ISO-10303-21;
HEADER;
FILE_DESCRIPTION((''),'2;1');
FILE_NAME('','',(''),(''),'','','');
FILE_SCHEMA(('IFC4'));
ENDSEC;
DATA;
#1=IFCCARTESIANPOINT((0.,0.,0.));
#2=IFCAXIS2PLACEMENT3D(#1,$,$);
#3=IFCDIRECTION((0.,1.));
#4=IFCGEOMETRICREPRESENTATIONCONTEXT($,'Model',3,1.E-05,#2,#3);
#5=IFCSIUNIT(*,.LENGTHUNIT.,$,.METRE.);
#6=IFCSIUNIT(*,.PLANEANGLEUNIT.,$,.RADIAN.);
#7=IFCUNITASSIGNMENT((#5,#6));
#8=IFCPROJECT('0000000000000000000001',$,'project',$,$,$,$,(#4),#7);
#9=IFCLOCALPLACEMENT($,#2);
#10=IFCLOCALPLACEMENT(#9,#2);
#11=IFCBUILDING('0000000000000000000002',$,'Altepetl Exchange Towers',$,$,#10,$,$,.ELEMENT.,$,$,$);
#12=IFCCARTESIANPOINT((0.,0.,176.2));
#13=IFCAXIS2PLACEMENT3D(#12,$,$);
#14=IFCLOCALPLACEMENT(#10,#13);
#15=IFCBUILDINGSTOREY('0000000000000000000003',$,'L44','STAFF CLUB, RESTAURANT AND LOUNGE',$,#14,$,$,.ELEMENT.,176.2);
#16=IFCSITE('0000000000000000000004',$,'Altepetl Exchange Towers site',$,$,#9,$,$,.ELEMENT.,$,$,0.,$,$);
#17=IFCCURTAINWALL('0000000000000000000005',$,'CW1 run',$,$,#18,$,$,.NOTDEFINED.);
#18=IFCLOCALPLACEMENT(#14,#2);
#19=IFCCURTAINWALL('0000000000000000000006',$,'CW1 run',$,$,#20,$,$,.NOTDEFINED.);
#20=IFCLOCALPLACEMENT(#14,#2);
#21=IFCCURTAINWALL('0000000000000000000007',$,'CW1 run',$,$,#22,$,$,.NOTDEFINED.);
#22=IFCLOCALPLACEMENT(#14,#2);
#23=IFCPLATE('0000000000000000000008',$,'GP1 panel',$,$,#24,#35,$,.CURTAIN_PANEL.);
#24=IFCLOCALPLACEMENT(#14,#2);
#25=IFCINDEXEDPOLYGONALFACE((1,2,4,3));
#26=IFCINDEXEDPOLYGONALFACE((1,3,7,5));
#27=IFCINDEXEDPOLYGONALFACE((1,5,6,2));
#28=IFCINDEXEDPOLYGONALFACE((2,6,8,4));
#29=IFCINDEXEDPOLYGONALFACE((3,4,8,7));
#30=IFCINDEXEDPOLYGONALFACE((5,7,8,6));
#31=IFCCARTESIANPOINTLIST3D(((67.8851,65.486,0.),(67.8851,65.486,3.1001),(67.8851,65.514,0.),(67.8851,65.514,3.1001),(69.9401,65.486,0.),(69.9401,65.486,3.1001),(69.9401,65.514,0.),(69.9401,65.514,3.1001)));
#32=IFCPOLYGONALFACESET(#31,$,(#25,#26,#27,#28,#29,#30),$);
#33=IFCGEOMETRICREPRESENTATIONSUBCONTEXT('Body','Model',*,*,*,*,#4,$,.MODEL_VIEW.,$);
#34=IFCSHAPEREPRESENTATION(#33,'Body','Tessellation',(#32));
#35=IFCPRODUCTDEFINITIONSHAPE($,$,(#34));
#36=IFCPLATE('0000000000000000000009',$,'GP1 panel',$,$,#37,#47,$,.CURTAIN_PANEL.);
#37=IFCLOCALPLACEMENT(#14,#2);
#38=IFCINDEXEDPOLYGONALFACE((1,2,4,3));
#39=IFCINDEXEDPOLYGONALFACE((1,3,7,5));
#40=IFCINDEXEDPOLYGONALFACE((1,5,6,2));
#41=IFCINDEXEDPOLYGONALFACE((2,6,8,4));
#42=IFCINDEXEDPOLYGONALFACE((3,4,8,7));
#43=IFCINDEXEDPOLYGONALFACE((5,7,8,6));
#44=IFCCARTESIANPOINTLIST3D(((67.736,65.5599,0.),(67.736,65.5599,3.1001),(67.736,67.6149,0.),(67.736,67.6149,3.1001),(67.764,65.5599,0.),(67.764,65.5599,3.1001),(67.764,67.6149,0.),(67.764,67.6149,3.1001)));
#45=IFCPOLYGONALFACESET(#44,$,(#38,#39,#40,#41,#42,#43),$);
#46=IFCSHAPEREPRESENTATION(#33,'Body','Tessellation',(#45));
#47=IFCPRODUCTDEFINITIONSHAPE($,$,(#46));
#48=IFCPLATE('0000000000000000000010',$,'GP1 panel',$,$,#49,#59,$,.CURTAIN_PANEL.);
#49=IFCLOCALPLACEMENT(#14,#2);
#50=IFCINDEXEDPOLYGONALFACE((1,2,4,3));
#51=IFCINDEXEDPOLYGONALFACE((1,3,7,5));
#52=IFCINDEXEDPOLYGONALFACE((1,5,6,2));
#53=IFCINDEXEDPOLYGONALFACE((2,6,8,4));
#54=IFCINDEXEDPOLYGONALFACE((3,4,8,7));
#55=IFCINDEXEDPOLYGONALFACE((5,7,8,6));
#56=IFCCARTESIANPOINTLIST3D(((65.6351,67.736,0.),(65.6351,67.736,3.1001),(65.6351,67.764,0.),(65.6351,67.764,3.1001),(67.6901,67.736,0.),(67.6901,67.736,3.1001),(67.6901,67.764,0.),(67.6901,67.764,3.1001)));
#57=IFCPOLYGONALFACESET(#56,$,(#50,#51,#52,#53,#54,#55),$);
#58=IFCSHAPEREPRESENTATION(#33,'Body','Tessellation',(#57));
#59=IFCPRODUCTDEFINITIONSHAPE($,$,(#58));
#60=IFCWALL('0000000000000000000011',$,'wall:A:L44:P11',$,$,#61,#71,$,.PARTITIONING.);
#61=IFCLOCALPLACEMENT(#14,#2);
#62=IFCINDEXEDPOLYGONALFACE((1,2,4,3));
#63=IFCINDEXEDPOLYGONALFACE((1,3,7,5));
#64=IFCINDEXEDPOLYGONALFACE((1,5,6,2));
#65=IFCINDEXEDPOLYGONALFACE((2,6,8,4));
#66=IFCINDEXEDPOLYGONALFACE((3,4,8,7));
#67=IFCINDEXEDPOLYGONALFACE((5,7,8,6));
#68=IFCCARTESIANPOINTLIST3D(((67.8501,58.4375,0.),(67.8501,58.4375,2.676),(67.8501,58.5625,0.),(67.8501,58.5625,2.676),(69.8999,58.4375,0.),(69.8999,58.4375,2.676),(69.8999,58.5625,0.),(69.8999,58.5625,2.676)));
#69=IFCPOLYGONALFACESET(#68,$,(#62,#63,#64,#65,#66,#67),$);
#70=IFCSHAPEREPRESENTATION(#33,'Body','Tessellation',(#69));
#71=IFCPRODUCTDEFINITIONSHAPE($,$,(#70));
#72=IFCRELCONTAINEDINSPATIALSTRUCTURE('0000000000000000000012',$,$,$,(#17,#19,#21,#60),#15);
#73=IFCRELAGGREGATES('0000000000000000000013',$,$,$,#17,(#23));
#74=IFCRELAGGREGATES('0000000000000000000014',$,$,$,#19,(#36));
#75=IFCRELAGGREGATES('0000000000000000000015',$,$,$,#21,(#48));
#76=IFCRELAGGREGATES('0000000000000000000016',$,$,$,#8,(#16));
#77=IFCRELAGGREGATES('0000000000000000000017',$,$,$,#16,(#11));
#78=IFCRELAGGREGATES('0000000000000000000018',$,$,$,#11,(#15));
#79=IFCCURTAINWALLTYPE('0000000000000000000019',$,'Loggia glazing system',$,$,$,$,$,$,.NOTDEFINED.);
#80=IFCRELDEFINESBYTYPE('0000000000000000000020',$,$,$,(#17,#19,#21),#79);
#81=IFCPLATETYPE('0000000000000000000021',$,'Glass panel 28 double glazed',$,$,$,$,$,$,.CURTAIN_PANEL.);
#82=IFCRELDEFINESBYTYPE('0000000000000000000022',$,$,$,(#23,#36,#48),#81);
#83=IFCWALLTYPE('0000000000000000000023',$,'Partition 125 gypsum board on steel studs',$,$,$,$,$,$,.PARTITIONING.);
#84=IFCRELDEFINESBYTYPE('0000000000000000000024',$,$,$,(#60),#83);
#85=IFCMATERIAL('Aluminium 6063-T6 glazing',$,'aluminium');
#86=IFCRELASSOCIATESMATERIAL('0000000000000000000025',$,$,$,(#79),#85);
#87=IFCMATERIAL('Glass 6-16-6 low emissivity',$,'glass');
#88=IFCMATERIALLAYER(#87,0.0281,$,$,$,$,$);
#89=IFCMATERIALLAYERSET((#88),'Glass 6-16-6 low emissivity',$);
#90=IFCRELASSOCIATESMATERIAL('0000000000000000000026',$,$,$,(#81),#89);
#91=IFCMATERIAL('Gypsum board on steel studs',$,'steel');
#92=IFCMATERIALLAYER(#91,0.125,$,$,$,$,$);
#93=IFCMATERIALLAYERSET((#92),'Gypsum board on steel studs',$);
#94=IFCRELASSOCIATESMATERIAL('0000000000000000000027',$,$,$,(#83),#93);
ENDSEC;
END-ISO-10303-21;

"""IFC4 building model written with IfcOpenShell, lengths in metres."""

from ifc_helpers import new_model, si_unit, direction, frame, frame_2d, origin, origin_2d, place, context, subcontext, project, spatial, rectangle, extrude, material, layer, layer_set, type_object, element, aggregate, save


model = new_model("IFC4")

# Units and contexts
model_context = context("Model", 3, precision=1e-05, world=origin(), true_north=direction((0.0, 1.0)))
body_context = subcontext(model_context, "Body", "Model", "MODEL_VIEW")
ifc_project = project(units=[si_unit("LENGTHUNIT", "METRE"), si_unit("PLANEANGLEUNIT", "RADIAN")], contexts=[model_context])

# Site, building, storey
site_placement = place(None, origin())
site = spatial("IfcSite", under=ifc_project, at=site_placement, Name="Altepetl Exchange Towers site", CompositionType="ELEMENT", RefElevation=0.0)
building_placement = place(site_placement, origin())
building = spatial("IfcBuilding", under=site, at=building_placement, Name="Altepetl Exchange Towers", CompositionType="ELEMENT")
storey_placement = place(building_placement, frame((0.0, 0.0, 176.2)))
storey = spatial("IfcBuildingStorey", under=building, at=storey_placement, Name="L44", Description="STAFF CLUB, RESTAURANT AND LOUNGE", CompositionType="ELEMENT", Elevation=176.2)

# Curtain walls
ifc_material_1 = material(Name="Aluminium 6063-T6 glazing", Category="aluminium")
curtain_wall_type = type_object("IfcCurtainWallType", Name="Loggia glazing system", PredefinedType="NOTDEFINED", material=ifc_material_1)
curtain_wall_1_placement = place(storey_placement, origin())
curtain_wall_1 = element("IfcCurtainWall", 1, at=curtain_wall_1_placement, inside=storey, type_object=curtain_wall_type, Name="CW1 run", PredefinedType="NOTDEFINED")
curtain_wall_2_placement = place(storey_placement, origin())
curtain_wall_2 = element("IfcCurtainWall", 2, at=curtain_wall_2_placement, inside=storey, type_object=curtain_wall_type, Name="CW1 run", PredefinedType="NOTDEFINED")
curtain_wall_3_placement = place(storey_placement, origin())
curtain_wall_3 = element("IfcCurtainWall", 3, at=curtain_wall_3_placement, inside=storey, type_object=curtain_wall_type, Name="CW1 run", PredefinedType="NOTDEFINED")

# Plates
ifc_material_2 = material(Name="Glass 6-16-6 low emissivity", Category="glass")
ifc_layer_1 = layer(ifc_material_2, 0.0281)
ifc_layer_set_1 = layer_set([ifc_layer_1], Name="Glass 6-16-6 low emissivity")
plate_type = type_object("IfcPlateType", Name="Glass panel 28 double glazed", PredefinedType="CURTAIN_PANEL", material=ifc_layer_set_1)
plate_1_placement = place(storey_placement, frame((68.9126, 65.5, 0.0), z_axis=(0.0, 0.0, 1.0), x_axis=(-1.0, 0.0, 0.0)))
plate_1 = element("IfcPlate", 4, at=plate_1_placement, type_object=plate_type, Name="GP1 panel", PredefinedType="CURTAIN_PANEL", context=body_context, shape_type="SweptSolid", body=[
    extrude(rectangle(XDim=2.0549, YDim=0.0281, at=origin_2d()), origin(), (0.0, 0.0, 1.0), 3.1001),
])
aggregate(curtain_wall_1, [plate_1])
plate_2_placement = place(storey_placement, frame((67.75, 66.5874, 0.0), z_axis=(0.0, 0.0, 1.0), x_axis=(0.0, 1.0, 0.0)))
plate_2 = element("IfcPlate", 5, at=plate_2_placement, type_object=plate_type, Name="GP1 panel", PredefinedType="CURTAIN_PANEL", context=body_context, shape_type="SweptSolid", body=[
    extrude(rectangle(XDim=2.0549, YDim=0.0281, at=origin_2d()), origin(), (0.0, 0.0, 1.0), 3.1001),
])
aggregate(curtain_wall_2, [plate_2])
plate_3_placement = place(storey_placement, frame((66.6626, 67.75, 0.0), z_axis=(0.0, 0.0, 1.0), x_axis=(-1.0, 0.0, 0.0)))
plate_3 = element("IfcPlate", 6, at=plate_3_placement, type_object=plate_type, Name="GP1 panel", PredefinedType="CURTAIN_PANEL", context=body_context, shape_type="SweptSolid", body=[
    extrude(rectangle(XDim=2.0549, YDim=0.0281, at=origin_2d()), origin(), (0.0, 0.0, 1.0), 3.1001),
])
aggregate(curtain_wall_3, [plate_3])

# Wall
ifc_material_3 = material(Name="Gypsum board on steel studs", Category="steel")
ifc_layer_2 = layer(ifc_material_3, 0.125)
ifc_layer_set_2 = layer_set([ifc_layer_2], Name="Gypsum board on steel studs")
wall_type = type_object("IfcWallType", Name="Partition 125 gypsum board on steel studs", PredefinedType="PARTITIONING", material=ifc_layer_set_2)
wall_placement = place(storey_placement, frame((67.8501, 58.5, 0.0)))
element("IfcWall", 7, at=wall_placement, inside=storey, type_object=wall_type, Name="wall:A:L44:P11", PredefinedType="PARTITIONING", context=body_context, shape_type="SweptSolid", body=[
    extrude(rectangle(XDim=2.0498, YDim=0.125, at=frame_2d((1.0249, 0.0))), origin(), (0.0, 0.0, 1.0), 2.676),
])

save(model, "model.ifc")
